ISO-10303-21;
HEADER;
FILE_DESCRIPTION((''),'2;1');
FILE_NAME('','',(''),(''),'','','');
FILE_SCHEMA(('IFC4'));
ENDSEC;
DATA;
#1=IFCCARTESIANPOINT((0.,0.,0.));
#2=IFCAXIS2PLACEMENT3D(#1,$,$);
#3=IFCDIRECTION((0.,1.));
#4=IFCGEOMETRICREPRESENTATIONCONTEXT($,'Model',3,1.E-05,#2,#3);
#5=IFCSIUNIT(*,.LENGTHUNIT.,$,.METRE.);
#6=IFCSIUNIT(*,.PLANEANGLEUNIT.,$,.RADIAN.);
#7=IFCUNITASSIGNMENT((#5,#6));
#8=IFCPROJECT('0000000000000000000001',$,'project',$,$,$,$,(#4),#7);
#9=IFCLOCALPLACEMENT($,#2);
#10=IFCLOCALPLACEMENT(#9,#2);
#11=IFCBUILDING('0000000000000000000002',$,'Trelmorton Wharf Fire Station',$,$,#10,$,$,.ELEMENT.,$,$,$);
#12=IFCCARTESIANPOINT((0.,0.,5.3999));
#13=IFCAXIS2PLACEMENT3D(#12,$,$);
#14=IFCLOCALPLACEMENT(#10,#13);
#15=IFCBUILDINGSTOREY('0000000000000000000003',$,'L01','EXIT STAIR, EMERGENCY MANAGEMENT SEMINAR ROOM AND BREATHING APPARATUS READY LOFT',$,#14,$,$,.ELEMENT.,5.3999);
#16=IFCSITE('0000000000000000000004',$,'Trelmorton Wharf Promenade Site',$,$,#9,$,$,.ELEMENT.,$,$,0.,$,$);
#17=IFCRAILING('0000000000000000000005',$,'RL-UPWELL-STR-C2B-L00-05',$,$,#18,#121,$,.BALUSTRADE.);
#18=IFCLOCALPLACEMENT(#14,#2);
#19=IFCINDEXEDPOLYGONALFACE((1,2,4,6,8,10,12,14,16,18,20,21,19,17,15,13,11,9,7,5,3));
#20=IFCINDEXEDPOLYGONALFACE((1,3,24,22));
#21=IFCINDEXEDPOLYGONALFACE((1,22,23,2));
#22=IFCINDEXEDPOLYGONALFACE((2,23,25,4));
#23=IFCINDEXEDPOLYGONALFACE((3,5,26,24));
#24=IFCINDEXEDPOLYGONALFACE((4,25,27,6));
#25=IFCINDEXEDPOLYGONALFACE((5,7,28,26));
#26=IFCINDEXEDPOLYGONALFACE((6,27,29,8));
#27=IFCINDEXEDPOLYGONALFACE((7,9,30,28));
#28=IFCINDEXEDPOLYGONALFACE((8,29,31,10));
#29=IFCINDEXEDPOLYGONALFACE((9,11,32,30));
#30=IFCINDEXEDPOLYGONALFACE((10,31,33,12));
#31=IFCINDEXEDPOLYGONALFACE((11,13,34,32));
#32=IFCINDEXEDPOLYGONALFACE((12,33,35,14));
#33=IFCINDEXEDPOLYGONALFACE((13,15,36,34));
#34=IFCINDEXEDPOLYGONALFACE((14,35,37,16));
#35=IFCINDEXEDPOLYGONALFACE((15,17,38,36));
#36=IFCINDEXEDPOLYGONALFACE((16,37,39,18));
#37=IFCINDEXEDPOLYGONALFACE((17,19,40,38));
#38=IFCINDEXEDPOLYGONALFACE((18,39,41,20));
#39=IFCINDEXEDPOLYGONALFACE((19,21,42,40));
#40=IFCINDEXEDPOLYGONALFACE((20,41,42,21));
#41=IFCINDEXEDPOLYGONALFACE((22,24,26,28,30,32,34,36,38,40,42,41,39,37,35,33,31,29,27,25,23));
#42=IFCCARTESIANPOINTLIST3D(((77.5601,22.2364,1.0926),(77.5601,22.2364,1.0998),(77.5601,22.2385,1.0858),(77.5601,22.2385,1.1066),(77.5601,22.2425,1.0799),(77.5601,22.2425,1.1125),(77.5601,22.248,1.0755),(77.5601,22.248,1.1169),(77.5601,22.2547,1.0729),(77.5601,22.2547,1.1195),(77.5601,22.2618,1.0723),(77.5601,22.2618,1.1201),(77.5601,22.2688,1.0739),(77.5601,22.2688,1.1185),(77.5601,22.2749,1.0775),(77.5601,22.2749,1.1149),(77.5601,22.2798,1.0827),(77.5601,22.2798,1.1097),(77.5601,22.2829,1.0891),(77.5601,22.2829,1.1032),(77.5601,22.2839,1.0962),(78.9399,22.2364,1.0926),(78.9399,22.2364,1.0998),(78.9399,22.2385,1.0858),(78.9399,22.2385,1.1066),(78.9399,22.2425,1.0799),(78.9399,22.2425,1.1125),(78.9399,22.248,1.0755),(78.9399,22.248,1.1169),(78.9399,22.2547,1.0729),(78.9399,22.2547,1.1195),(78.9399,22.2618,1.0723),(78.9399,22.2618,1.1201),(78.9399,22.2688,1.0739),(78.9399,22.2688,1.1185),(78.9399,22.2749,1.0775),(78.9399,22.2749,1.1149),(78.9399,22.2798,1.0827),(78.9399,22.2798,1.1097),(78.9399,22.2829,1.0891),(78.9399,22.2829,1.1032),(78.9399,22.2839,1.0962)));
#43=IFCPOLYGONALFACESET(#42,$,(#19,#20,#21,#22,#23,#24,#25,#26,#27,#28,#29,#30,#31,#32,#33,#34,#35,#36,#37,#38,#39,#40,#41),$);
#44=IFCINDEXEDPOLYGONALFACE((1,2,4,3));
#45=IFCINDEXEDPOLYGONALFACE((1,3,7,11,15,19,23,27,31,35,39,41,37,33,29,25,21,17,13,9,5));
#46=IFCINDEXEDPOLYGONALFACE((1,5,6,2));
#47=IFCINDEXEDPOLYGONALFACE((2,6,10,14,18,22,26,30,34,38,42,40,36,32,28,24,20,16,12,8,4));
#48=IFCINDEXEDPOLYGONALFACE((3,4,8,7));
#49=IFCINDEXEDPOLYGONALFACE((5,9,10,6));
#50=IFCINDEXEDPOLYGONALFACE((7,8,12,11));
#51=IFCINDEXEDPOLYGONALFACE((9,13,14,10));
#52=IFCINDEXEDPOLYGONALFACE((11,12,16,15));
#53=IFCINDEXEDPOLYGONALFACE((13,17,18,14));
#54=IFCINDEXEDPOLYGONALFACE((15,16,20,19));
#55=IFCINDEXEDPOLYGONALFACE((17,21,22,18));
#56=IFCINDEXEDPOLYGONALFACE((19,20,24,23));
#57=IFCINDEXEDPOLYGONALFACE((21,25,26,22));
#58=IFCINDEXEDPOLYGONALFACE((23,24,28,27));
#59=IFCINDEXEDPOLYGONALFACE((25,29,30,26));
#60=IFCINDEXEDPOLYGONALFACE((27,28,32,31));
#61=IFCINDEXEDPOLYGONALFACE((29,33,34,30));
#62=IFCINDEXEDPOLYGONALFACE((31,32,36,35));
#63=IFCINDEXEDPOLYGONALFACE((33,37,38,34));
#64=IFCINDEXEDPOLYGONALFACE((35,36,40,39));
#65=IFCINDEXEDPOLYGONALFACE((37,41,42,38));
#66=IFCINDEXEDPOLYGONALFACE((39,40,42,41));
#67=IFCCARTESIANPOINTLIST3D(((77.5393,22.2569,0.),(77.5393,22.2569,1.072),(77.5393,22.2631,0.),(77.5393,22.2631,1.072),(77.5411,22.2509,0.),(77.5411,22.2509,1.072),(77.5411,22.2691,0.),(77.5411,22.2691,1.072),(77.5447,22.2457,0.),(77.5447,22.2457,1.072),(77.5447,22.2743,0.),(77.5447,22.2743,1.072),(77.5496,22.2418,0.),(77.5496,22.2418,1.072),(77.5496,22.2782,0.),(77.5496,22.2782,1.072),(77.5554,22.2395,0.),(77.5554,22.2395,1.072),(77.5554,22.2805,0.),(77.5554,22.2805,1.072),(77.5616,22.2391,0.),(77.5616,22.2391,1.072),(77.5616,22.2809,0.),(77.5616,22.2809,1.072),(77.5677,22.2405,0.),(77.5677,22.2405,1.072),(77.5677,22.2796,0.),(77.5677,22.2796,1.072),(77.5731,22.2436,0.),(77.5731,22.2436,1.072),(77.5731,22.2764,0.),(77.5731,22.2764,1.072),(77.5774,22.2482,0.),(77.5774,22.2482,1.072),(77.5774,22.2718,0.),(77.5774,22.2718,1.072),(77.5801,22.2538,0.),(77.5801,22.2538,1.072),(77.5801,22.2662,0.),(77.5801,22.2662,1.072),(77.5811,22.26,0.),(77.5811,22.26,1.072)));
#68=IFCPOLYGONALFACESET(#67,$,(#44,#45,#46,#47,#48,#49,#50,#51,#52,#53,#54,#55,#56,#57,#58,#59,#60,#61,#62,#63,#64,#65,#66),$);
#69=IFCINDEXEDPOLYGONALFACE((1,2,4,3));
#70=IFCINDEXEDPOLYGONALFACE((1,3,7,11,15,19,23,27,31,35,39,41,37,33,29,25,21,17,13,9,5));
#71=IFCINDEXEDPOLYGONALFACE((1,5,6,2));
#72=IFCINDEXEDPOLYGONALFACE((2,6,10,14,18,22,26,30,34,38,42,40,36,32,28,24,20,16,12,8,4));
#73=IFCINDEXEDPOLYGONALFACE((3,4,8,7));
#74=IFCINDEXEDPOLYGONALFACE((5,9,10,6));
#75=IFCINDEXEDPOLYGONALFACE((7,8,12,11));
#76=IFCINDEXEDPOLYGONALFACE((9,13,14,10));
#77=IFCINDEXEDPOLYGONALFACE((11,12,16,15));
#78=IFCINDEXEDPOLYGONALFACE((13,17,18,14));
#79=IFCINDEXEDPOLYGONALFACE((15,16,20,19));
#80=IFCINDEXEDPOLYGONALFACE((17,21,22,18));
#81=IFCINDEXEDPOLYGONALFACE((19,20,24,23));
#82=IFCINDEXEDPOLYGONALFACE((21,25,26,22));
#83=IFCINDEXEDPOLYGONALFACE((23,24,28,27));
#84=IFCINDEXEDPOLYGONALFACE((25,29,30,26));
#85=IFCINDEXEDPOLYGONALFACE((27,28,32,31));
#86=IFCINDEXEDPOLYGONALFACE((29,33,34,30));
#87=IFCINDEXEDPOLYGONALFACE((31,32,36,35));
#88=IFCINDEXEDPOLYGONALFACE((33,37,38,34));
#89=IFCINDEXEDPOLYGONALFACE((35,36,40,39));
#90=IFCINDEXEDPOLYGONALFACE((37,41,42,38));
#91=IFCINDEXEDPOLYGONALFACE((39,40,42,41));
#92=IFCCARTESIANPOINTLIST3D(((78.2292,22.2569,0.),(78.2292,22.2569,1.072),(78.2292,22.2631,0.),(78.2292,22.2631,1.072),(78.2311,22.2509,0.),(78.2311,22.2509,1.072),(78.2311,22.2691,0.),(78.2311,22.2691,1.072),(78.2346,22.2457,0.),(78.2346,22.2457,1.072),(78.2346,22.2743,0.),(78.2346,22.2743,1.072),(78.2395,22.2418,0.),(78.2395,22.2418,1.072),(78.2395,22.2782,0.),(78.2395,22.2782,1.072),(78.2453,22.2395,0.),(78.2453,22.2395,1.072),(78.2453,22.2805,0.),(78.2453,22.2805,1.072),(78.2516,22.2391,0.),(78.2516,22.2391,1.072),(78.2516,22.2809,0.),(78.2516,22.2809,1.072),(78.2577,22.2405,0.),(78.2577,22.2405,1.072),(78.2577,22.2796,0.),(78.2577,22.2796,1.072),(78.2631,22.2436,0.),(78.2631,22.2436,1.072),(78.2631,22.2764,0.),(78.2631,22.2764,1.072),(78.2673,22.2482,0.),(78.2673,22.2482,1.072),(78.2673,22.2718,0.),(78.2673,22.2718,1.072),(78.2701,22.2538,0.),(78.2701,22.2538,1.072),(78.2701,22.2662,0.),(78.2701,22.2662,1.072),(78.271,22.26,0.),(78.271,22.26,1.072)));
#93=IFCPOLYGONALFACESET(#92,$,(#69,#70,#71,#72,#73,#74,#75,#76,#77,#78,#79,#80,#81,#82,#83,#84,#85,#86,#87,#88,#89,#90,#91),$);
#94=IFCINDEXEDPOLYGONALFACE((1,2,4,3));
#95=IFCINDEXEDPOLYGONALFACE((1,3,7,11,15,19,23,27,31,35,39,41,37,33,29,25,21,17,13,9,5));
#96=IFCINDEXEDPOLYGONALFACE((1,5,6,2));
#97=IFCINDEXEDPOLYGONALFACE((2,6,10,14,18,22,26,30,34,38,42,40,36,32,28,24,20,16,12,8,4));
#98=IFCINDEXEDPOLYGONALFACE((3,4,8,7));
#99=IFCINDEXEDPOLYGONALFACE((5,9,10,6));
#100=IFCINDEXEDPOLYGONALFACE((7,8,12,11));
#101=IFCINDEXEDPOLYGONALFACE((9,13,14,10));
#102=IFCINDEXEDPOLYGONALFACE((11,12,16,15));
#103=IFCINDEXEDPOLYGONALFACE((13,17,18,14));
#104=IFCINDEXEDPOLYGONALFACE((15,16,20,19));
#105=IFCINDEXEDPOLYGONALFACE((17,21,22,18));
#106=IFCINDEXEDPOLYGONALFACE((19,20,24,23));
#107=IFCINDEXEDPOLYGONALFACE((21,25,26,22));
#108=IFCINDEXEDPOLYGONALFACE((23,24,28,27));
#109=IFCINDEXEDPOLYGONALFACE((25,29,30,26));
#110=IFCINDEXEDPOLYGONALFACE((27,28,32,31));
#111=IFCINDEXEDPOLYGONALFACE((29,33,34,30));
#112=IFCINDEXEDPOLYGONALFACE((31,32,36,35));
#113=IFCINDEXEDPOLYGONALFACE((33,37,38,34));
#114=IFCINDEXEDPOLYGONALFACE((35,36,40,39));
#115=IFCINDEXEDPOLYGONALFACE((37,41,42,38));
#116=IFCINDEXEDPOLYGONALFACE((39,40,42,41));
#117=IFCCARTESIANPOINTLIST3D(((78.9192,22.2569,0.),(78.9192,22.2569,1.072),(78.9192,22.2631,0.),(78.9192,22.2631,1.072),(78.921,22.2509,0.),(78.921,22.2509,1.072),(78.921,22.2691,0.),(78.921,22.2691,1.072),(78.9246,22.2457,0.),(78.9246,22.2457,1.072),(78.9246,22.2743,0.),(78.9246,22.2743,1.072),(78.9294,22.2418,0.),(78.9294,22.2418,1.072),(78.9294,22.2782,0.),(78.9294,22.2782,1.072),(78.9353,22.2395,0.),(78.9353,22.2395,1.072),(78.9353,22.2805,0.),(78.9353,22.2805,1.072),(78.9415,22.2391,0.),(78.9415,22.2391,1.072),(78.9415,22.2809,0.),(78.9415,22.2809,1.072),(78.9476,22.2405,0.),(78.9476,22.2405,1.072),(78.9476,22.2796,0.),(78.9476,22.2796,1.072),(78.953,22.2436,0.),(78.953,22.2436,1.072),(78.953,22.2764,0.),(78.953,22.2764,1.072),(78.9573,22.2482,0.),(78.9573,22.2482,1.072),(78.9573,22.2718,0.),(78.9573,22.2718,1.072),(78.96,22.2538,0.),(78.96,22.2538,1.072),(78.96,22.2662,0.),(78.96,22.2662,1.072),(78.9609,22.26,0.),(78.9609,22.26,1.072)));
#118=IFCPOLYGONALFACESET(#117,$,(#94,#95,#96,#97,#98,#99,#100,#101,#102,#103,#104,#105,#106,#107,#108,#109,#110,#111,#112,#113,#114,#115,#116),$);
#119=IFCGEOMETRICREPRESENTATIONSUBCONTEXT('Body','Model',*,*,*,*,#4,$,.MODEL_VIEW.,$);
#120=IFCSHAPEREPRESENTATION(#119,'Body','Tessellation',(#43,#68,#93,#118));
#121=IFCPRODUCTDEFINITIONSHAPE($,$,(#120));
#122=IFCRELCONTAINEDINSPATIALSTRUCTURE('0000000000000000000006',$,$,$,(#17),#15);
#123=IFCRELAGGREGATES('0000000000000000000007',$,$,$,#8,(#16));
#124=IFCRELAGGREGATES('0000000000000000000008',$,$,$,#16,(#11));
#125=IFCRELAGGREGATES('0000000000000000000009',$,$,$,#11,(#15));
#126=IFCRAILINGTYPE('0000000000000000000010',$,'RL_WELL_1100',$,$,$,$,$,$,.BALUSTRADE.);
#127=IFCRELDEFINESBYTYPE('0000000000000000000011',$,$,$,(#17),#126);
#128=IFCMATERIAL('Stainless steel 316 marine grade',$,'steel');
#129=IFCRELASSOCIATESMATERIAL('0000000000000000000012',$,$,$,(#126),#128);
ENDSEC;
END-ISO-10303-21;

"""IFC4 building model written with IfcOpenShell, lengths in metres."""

from ifc_helpers import new_model, si_unit, direction, frame, origin, origin_2d, place, context, subcontext, project, spatial, circle, extrude, material, type_object, element, save


model = new_model("IFC4")

# Units and contexts
model_context = context("Model", 3, precision=1e-05, world=origin(), true_north=direction((0.0, 1.0)))
body_context = subcontext(model_context, "Body", "Model", "MODEL_VIEW")
ifc_project = project(units=[si_unit("LENGTHUNIT", "METRE"), si_unit("PLANEANGLEUNIT", "RADIAN")], contexts=[model_context])

# Site, building, storey
site_placement = place(None, origin())
site = spatial("IfcSite", under=ifc_project, at=site_placement, Name="Trelmorton Wharf Promenade Site", CompositionType="ELEMENT", RefElevation=0.0)
building_placement = place(site_placement, origin())
building = spatial("IfcBuilding", under=site, at=building_placement, Name="Trelmorton Wharf Fire Station", CompositionType="ELEMENT")
storey_placement = place(building_placement, frame((0.0, 0.0, 5.3999)))
storey = spatial("IfcBuildingStorey", under=building, at=storey_placement, Name="L01", Description="EXIT STAIR, EMERGENCY MANAGEMENT SEMINAR ROOM AND BREATHING APPARATUS READY LOFT", CompositionType="ELEMENT", Elevation=5.3999)

# Railing
ifc_material_1 = material(Name="Stainless steel 316 marine grade", Category="steel")
railing_type_1 = type_object("IfcRailingType", Name="RL_WELL_1100", PredefinedType="BALUSTRADE", material=ifc_material_1)
railing_1_placement = place(storey_placement, frame((77.5601, 22.26, 0.0)))
element("IfcRailing", 1, at=railing_1_placement, inside=storey, type_object=railing_type_1, Name="RL-UPWELL-STR-C2B-L00-05", PredefinedType="BALUSTRADE", context=body_context, shape_type="SweptSolid", body=[
    extrude(circle(Radius=0.0239, at=origin_2d()), frame((0.0, 0.0, 1.0962), z_axis=(1.0, 0.0, 0.0), x_axis=(0.0, 1.0, 0.0)), (0.0, 0.0, 1.0), 1.3799),
    extrude(circle(Radius=0.021, at=origin_2d()), origin(), (0.0, 0.0, 1.0), 1.072),
    extrude(circle(Radius=0.021, at=origin_2d()), frame((0.6899, 0.0, 0.0)), (0.0, 0.0, 1.0), 1.072),
    extrude(circle(Radius=0.021, at=origin_2d()), frame((1.3799, 0.0, 0.0)), (0.0, 0.0, 1.0), 1.072),
])

save(model, "model.ifc")
